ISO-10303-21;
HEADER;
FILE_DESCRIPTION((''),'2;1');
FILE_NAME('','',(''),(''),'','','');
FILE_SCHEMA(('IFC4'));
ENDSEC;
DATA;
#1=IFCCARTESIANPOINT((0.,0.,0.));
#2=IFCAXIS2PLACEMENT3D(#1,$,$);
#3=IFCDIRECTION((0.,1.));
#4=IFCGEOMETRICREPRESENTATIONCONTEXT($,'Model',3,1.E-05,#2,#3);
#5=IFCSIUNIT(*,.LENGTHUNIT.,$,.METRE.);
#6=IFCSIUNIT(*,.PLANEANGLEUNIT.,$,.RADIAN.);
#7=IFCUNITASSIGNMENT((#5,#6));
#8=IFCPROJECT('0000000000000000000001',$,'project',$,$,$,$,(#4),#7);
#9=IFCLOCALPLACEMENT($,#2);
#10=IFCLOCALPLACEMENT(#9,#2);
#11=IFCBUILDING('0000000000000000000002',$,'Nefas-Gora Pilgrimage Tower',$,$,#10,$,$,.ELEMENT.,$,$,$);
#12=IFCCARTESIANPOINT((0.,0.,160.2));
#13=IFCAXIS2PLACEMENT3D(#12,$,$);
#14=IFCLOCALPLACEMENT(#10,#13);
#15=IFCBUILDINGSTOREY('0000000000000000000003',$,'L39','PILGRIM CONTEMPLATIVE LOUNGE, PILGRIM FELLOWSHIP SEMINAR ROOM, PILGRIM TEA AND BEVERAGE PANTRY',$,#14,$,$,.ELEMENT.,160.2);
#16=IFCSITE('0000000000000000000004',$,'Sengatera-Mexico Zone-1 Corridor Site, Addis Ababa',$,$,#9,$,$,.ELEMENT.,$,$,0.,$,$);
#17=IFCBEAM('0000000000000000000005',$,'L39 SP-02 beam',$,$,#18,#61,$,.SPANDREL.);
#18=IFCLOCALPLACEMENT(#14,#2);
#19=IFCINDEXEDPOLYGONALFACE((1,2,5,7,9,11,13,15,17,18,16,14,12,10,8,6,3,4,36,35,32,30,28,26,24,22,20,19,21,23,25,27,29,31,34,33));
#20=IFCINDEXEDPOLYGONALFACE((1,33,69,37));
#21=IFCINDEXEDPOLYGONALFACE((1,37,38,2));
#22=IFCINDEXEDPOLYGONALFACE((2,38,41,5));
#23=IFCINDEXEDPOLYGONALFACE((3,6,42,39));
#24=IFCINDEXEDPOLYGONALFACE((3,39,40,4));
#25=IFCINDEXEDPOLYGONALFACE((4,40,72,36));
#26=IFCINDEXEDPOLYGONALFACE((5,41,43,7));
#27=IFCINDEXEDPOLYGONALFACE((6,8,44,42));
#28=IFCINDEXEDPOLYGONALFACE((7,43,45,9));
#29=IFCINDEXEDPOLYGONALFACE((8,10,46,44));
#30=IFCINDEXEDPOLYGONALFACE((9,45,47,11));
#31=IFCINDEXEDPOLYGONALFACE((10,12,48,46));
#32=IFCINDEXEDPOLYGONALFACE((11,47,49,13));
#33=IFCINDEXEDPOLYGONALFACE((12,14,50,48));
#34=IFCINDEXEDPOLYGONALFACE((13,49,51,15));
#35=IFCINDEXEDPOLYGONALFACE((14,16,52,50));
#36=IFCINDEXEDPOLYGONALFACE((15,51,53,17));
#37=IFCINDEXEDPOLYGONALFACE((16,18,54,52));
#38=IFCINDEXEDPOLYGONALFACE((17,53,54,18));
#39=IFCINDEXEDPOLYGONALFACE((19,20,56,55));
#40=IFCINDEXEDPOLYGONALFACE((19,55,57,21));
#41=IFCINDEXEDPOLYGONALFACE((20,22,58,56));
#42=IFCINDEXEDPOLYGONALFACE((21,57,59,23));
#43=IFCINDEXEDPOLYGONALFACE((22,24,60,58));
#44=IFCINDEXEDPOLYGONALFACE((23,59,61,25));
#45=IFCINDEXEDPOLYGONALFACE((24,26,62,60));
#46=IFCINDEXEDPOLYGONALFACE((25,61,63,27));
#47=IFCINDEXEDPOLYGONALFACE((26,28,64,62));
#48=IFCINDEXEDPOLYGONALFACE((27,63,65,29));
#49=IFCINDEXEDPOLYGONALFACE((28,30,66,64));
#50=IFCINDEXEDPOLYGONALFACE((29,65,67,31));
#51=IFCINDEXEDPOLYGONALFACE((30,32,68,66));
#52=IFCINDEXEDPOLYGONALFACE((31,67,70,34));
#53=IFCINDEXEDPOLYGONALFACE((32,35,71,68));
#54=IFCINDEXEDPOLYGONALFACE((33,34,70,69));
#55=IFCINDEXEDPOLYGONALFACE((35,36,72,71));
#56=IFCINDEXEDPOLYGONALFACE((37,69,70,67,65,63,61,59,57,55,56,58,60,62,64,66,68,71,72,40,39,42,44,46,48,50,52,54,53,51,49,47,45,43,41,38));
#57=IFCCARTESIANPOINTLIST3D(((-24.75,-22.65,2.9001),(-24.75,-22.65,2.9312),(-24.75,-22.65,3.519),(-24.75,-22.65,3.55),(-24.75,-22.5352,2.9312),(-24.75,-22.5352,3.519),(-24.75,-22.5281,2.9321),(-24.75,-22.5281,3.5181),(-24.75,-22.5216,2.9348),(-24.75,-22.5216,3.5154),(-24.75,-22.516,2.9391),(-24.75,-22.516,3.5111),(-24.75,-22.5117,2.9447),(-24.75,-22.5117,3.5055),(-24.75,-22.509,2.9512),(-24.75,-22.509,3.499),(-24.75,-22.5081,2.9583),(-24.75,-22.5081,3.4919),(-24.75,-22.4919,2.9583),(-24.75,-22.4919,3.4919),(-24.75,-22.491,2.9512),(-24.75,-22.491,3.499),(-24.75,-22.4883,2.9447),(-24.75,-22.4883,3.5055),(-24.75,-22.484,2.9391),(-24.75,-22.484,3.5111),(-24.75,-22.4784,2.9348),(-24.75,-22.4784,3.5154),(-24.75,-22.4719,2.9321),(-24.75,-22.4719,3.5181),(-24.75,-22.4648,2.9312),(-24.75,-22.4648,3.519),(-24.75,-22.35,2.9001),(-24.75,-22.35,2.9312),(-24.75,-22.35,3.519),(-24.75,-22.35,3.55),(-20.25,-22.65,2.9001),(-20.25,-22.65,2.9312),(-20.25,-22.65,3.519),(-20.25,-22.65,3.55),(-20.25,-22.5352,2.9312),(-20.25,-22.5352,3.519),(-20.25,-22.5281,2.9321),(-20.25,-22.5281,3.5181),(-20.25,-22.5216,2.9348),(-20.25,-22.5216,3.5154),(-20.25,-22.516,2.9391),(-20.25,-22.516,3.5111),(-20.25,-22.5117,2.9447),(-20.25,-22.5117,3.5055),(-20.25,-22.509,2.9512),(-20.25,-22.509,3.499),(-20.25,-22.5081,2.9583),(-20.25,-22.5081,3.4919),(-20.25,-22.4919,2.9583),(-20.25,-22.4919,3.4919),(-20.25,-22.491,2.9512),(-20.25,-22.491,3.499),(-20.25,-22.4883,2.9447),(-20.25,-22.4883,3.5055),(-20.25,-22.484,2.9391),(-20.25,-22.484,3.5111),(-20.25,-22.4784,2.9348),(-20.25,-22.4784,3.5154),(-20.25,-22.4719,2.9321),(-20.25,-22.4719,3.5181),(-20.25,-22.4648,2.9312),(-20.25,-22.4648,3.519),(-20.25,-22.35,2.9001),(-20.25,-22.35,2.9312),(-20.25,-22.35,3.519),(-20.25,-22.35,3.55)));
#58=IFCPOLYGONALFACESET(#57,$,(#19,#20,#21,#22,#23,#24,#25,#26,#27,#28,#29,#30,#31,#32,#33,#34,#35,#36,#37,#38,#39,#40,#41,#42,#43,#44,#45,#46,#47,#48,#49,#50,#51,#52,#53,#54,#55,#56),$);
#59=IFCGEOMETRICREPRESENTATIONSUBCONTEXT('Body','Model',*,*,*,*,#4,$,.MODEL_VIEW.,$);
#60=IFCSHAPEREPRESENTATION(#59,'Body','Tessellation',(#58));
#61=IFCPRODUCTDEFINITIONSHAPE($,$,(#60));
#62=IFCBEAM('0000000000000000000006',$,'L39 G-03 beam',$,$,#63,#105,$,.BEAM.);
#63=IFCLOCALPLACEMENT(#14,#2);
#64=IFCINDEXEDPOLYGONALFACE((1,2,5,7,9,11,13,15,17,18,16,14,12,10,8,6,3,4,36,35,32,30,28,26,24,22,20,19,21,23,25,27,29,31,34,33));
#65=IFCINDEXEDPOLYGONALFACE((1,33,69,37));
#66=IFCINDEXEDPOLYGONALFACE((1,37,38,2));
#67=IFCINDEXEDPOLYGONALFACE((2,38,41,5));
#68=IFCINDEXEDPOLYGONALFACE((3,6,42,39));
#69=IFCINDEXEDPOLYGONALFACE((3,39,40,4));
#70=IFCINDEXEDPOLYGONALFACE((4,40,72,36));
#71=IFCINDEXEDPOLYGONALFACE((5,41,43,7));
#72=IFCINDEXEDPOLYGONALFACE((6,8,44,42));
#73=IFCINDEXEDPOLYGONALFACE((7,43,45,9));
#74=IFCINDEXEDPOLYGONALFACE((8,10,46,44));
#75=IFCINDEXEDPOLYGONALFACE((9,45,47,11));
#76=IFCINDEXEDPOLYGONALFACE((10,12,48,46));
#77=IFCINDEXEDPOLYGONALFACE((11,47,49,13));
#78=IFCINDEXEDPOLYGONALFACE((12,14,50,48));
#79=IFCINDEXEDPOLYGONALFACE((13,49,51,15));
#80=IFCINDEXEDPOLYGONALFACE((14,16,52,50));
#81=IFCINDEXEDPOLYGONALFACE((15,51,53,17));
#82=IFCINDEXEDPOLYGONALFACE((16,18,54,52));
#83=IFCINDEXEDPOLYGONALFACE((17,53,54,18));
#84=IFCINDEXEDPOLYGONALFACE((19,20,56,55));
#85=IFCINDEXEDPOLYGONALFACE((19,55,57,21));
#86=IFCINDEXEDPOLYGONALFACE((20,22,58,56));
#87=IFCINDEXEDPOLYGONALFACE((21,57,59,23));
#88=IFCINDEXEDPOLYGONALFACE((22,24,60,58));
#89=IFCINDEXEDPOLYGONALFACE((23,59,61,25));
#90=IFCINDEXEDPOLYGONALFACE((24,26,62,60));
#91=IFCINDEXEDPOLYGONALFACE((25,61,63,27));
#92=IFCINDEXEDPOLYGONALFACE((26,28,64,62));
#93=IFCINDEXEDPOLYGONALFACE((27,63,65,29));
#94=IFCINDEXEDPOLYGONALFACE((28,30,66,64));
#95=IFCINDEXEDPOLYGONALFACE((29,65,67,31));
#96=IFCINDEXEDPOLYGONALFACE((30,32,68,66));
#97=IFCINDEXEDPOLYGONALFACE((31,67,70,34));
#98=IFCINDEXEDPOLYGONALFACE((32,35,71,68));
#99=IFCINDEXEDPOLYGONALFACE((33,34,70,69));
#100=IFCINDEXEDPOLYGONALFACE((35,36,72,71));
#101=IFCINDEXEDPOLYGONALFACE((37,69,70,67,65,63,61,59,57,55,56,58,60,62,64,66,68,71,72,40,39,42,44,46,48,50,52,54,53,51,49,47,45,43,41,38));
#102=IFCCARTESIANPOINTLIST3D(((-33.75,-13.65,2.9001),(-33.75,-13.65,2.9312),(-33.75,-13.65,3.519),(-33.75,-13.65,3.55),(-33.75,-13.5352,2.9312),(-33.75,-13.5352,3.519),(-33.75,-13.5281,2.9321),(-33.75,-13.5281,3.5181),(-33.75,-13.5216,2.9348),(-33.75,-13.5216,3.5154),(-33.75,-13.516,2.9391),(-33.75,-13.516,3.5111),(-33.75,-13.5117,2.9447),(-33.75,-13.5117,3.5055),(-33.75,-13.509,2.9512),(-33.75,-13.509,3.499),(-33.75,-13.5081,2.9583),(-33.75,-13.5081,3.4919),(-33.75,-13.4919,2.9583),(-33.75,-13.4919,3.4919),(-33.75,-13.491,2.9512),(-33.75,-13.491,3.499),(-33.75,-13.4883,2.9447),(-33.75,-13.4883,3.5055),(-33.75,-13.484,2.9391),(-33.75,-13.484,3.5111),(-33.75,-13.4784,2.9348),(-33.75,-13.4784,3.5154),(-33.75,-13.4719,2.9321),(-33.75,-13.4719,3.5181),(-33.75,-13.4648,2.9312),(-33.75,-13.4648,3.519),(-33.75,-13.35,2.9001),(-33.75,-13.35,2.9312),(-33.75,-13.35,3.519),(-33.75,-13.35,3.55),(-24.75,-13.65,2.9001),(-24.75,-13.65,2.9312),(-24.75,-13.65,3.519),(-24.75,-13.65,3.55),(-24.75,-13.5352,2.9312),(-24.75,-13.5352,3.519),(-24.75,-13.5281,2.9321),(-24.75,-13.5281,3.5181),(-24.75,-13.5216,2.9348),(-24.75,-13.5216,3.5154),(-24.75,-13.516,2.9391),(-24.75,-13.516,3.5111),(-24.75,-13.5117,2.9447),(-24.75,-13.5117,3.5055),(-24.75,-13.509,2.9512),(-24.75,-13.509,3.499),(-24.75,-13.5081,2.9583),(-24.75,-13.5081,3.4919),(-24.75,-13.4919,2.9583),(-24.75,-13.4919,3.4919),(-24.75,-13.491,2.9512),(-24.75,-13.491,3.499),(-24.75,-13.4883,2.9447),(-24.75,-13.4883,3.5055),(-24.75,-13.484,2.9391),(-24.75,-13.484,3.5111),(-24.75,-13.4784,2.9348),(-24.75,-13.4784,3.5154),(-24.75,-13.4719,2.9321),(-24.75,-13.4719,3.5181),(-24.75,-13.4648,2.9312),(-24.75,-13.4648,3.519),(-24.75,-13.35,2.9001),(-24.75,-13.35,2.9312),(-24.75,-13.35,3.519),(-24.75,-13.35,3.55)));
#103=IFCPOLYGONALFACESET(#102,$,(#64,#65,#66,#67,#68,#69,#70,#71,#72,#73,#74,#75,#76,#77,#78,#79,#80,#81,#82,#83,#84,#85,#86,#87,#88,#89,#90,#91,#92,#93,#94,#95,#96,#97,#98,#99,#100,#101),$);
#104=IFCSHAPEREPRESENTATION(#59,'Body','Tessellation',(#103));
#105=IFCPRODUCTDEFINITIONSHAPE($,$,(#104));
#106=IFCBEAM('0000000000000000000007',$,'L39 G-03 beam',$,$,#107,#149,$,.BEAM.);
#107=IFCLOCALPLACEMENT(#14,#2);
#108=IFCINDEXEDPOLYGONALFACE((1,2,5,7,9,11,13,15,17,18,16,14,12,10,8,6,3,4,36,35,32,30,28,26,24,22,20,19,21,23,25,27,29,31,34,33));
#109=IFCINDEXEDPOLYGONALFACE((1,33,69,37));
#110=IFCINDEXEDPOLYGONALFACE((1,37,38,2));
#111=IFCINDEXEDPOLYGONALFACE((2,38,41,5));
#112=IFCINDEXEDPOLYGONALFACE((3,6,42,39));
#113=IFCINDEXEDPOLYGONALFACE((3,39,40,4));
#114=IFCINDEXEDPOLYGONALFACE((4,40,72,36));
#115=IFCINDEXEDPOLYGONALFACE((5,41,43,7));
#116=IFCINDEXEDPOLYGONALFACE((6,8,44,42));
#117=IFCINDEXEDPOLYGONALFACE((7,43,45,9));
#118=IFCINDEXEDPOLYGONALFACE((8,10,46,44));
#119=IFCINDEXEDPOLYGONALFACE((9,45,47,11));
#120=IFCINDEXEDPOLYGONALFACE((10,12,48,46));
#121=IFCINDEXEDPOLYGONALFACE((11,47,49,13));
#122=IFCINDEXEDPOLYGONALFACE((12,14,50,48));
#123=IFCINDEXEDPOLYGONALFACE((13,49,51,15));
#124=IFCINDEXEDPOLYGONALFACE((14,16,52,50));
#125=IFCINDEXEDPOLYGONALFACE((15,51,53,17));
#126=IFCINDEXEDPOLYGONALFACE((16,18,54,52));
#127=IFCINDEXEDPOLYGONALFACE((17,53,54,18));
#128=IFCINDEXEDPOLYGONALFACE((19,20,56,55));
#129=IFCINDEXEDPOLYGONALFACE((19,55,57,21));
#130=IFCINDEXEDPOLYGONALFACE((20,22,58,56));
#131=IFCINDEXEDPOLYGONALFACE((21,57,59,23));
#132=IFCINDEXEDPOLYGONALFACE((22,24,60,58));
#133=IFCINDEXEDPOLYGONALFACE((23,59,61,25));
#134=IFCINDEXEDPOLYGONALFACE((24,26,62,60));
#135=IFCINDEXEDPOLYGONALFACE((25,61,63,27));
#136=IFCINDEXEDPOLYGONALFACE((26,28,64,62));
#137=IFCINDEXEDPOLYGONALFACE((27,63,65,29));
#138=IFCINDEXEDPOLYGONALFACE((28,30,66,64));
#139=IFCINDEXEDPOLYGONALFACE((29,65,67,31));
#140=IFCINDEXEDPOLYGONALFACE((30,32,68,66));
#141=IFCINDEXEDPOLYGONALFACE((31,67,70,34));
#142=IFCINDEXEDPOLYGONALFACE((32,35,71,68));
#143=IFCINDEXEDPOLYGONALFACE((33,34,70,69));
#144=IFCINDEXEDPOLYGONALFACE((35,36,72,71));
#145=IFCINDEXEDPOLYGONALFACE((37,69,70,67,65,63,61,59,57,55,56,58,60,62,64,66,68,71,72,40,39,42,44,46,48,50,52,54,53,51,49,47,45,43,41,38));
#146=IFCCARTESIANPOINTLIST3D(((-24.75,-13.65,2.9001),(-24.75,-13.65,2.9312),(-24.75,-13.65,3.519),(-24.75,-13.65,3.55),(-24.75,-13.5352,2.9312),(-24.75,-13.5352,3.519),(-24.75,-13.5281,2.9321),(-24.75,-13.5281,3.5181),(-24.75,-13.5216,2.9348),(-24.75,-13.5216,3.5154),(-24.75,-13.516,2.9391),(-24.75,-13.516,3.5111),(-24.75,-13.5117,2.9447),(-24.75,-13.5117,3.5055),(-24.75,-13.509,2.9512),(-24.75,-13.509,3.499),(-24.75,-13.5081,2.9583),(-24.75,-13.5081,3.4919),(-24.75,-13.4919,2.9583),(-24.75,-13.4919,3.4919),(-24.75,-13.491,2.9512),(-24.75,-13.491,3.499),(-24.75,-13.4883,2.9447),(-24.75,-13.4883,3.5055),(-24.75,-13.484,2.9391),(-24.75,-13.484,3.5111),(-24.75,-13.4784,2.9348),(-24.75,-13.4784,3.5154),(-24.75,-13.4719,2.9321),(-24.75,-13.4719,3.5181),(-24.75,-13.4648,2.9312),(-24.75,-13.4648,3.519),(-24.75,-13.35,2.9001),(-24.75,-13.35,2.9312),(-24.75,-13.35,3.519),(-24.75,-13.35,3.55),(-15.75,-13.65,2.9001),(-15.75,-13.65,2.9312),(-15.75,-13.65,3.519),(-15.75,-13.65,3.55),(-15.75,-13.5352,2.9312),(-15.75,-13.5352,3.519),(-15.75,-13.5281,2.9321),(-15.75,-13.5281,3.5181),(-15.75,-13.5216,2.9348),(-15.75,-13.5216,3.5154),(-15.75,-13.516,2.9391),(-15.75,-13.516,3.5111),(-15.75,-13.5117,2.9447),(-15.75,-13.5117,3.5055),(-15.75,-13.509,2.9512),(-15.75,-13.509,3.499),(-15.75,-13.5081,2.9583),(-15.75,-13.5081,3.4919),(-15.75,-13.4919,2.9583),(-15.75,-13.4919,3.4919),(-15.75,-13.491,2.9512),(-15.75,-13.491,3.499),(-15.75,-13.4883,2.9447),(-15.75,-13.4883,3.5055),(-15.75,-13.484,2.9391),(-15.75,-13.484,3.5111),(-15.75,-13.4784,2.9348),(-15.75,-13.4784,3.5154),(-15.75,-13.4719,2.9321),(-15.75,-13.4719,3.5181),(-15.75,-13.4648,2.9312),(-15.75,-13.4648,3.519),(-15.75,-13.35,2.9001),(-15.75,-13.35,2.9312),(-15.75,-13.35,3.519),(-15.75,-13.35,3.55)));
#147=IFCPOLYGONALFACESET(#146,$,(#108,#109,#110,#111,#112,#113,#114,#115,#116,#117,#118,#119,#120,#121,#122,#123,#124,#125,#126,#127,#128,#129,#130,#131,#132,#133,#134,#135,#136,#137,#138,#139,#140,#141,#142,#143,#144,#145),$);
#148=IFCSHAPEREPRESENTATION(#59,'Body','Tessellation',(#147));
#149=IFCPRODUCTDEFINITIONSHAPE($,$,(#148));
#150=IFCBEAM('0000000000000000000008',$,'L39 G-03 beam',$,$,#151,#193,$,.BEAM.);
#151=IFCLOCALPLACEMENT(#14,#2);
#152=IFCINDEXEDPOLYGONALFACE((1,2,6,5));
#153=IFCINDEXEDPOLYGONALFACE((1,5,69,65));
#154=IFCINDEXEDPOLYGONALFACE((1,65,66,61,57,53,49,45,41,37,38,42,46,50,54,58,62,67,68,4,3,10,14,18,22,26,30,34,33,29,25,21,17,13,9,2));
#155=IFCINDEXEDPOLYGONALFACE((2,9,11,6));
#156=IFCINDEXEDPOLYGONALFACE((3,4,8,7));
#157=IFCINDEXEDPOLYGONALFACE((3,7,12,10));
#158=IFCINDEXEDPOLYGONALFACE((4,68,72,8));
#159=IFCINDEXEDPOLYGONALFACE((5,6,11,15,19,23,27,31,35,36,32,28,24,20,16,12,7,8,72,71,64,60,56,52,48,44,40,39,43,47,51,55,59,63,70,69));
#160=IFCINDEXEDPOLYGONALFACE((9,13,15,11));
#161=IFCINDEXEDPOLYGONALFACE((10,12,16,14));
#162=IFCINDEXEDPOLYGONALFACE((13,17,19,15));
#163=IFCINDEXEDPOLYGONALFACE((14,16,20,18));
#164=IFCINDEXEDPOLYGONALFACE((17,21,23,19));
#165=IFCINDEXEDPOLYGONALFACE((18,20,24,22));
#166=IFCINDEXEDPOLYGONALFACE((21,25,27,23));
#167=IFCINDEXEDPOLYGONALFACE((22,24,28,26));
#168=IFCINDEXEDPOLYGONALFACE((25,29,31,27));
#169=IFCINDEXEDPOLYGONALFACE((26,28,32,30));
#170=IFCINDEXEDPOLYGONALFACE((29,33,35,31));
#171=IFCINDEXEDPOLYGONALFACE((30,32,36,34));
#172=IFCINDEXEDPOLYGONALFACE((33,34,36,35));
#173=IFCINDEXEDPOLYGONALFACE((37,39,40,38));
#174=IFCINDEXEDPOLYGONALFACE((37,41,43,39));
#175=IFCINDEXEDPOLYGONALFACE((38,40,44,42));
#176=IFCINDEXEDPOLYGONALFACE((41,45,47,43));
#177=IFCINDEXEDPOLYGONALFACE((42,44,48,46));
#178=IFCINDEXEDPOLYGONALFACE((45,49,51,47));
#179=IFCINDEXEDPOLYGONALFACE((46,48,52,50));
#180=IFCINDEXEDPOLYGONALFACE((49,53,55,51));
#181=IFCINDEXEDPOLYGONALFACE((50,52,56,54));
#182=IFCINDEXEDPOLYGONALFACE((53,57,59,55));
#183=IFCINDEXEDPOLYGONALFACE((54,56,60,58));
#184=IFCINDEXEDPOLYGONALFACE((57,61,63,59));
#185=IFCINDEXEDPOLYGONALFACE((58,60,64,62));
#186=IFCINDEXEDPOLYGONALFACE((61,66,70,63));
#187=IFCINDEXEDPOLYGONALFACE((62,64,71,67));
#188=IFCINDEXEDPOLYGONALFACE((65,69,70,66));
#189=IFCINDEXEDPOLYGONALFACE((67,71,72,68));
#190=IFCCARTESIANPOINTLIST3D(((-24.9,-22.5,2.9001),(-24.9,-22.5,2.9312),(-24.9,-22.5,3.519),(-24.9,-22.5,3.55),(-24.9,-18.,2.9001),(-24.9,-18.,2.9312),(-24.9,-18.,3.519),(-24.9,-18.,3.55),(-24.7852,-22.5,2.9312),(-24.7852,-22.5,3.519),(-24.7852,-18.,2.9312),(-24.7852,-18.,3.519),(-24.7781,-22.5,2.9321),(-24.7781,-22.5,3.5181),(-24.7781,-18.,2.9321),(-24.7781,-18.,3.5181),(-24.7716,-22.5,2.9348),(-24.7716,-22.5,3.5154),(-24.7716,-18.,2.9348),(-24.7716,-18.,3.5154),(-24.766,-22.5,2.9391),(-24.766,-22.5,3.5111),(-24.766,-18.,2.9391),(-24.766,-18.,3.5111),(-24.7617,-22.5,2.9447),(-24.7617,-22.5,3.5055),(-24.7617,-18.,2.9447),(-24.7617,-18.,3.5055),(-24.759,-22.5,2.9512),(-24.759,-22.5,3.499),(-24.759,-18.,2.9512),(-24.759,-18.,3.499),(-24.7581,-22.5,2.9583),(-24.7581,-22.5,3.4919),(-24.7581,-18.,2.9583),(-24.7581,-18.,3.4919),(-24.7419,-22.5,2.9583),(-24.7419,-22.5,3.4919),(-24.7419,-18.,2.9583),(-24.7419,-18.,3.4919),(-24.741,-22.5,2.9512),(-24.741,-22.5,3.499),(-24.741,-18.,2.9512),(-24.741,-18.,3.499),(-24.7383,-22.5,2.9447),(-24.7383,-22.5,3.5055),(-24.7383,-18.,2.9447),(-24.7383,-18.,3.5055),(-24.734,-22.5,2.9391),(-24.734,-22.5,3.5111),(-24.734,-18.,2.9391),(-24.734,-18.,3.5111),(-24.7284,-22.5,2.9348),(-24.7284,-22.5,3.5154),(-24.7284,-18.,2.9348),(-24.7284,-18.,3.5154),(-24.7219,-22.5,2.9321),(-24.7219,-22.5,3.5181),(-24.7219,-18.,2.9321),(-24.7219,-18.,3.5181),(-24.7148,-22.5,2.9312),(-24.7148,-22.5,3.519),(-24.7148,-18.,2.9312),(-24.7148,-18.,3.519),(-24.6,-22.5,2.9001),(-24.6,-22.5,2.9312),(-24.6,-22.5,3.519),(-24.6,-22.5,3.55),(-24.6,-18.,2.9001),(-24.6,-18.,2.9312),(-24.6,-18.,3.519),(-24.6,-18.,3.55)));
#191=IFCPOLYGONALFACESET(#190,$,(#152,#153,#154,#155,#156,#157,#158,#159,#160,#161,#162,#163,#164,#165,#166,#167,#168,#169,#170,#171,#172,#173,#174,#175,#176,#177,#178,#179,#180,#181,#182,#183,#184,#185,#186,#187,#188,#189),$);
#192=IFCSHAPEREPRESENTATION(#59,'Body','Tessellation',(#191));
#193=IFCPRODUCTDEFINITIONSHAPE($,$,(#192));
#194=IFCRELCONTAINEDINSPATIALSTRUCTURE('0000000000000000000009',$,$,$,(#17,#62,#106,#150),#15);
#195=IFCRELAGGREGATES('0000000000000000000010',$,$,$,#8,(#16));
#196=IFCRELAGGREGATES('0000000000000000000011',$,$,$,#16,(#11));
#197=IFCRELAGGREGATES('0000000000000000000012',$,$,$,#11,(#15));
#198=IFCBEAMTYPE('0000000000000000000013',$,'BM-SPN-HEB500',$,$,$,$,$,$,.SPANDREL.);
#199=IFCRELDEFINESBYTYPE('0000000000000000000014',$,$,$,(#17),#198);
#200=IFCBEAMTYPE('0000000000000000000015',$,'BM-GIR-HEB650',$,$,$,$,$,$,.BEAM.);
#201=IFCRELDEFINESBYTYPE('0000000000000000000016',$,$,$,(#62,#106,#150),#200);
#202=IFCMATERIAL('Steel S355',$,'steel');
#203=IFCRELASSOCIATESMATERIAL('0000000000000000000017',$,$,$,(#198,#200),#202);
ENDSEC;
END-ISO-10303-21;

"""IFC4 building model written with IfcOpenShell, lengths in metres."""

from ifc_helpers import new_model, si_unit, direction, frame, origin, origin_2d, place, context, subcontext, project, spatial, i_section, extrude, source, transform, mapped, material, material_profile, profile_set, type_object, element, save


model = new_model("IFC4")

# Units and contexts
model_context = context("Model", 3, precision=1e-05, world=origin(), true_north=direction((0.0, 1.0)))
body_context = subcontext(model_context, "Body", "Model", "MODEL_VIEW")
ifc_project = project(units=[si_unit("LENGTHUNIT", "METRE"), si_unit("PLANEANGLEUNIT", "RADIAN")], contexts=[model_context])

# Site, building, storey
site_placement = place(None, origin())
site = spatial("IfcSite", under=ifc_project, at=site_placement, Name="Sengatera-Mexico Zone-1 Corridor Site, Addis Ababa", CompositionType="ELEMENT", RefElevation=0.0)
building_placement = place(site_placement, origin())
building = spatial("IfcBuilding", under=site, at=building_placement, Name="Nefas-Gora Pilgrimage Tower", CompositionType="ELEMENT")
storey_placement = place(building_placement, frame((0.0, 0.0, 160.2)))
storey = spatial("IfcBuildingStorey", under=building, at=storey_placement, Name="L39", Description="PILGRIM CONTEMPLATIVE LOUNGE, PILGRIM FELLOWSHIP SEMINAR ROOM, PILGRIM TEA AND BEVERAGE PANTRY", CompositionType="ELEMENT", Elevation=160.2)

# Beams
ifc_material_1 = material(Name="Steel S355", Category="steel")
ifc_material_profile_1 = material_profile(ifc_material_1, i_section(OverallWidth=0.3, OverallDepth=0.6499, WebThickness=0.0161, FlangeThickness=0.031, FilletRadius=0.0271, at=origin_2d()), Name="HEB 650")
ifc_profile_set_1 = profile_set([ifc_material_profile_1], Name="Steel S355")
beam_type_1 = type_object("IfcBeamType", Name="BM-SPN-HEB500", PredefinedType="SPANDREL", material=ifc_profile_set_1)
shared_shape_1 = source(origin(), body_context, "Body", "SweptSolid", [
    extrude(i_section(OverallWidth=0.3, OverallDepth=0.6499, WebThickness=0.0161, FlangeThickness=0.031, FilletRadius=0.0271, at=origin_2d()), origin(), (0.0, 0.0, 1.0), 4.5),
])
for number, where, z_axis, x_axis, name in (
    (1, (-24.75, -22.5, 3.2251), (1.0, 0.0, 0.0), (0.0, 1.0, 0.0), "L39 SP-02 beam"),
):
    element("IfcBeam", number, at=place(storey_placement, frame(where, z_axis=z_axis, x_axis=x_axis)), inside=storey, type_object=beam_type_1, Name=name, PredefinedType="SPANDREL", context=body_context, shape_type="MappedRepresentation", body=[
        mapped(shared_shape_1, transform((0.0, 0.0, 0.0), x_axis=(1.0, 0.0, 0.0), y_axis=(0.0, 1.0, 0.0), z_axis=(0.0, 0.0, 1.0), scale=1.0)),
    ])
ifc_material_profile_2 = material_profile(ifc_material_1, i_section(OverallWidth=0.3, OverallDepth=0.6499, WebThickness=0.0161, FlangeThickness=0.031, FilletRadius=0.0271, at=origin_2d()), Name="HEB 650")
ifc_profile_set_2 = profile_set([ifc_material_profile_2], Name="Steel S355")
beam_type_2 = type_object("IfcBeamType", Name="BM-GIR-HEB650", PredefinedType="BEAM", material=ifc_profile_set_2)
shared_shape_2 = source(origin(), body_context, "Body", "SweptSolid", [
    extrude(i_section(OverallWidth=0.3, OverallDepth=0.6499, WebThickness=0.0161, FlangeThickness=0.031, FilletRadius=0.0271, at=origin_2d()), origin(), (0.0, 0.0, 1.0), 9.0),
])
for number, where, z_axis, x_axis, name in (
    (2, (-33.75, -13.5, 3.2251), (1.0, 0.0, 0.0), (0.0, 1.0, 0.0), "L39 G-03 beam"),
    (3, (-24.75, -13.5, 3.2251), (1.0, 0.0, 0.0), (0.0, 1.0, 0.0), "L39 G-03 beam"),
):
    element("IfcBeam", number, at=place(storey_placement, frame(where, z_axis=z_axis, x_axis=x_axis)), inside=storey, type_object=beam_type_2, Name=name, PredefinedType="BEAM", context=body_context, shape_type="MappedRepresentation", body=[
        mapped(shared_shape_2, transform((0.0, 0.0, 0.0), x_axis=(1.0, 0.0, 0.0), y_axis=(0.0, 1.0, 0.0), z_axis=(0.0, 0.0, 1.0), scale=1.0)),
    ])
shared_shape_3 = source(origin(), body_context, "Body", "SweptSolid", [
    extrude(i_section(OverallWidth=0.3, OverallDepth=0.6499, WebThickness=0.0161, FlangeThickness=0.031, FilletRadius=0.0271, at=origin_2d()), origin(), (0.0, 0.0, 1.0), 4.5),
])
for number, where, z_axis, x_axis, name in (
    (4, (-24.75, -22.5, 3.2251), (0.0, 1.0, 0.0), (-1.0, 0.0, 0.0), "L39 G-03 beam"),
):
    element("IfcBeam", number, at=place(storey_placement, frame(where, z_axis=z_axis, x_axis=x_axis)), inside=storey, type_object=beam_type_2, Name=name, PredefinedType="BEAM", context=body_context, shape_type="MappedRepresentation", body=[
        mapped(shared_shape_3, transform((0.0, 0.0, 0.0), x_axis=(1.0, 0.0, 0.0), y_axis=(0.0, 1.0, 0.0), z_axis=(0.0, 0.0, 1.0), scale=1.0)),
    ])

save(model, "model.ifc")
